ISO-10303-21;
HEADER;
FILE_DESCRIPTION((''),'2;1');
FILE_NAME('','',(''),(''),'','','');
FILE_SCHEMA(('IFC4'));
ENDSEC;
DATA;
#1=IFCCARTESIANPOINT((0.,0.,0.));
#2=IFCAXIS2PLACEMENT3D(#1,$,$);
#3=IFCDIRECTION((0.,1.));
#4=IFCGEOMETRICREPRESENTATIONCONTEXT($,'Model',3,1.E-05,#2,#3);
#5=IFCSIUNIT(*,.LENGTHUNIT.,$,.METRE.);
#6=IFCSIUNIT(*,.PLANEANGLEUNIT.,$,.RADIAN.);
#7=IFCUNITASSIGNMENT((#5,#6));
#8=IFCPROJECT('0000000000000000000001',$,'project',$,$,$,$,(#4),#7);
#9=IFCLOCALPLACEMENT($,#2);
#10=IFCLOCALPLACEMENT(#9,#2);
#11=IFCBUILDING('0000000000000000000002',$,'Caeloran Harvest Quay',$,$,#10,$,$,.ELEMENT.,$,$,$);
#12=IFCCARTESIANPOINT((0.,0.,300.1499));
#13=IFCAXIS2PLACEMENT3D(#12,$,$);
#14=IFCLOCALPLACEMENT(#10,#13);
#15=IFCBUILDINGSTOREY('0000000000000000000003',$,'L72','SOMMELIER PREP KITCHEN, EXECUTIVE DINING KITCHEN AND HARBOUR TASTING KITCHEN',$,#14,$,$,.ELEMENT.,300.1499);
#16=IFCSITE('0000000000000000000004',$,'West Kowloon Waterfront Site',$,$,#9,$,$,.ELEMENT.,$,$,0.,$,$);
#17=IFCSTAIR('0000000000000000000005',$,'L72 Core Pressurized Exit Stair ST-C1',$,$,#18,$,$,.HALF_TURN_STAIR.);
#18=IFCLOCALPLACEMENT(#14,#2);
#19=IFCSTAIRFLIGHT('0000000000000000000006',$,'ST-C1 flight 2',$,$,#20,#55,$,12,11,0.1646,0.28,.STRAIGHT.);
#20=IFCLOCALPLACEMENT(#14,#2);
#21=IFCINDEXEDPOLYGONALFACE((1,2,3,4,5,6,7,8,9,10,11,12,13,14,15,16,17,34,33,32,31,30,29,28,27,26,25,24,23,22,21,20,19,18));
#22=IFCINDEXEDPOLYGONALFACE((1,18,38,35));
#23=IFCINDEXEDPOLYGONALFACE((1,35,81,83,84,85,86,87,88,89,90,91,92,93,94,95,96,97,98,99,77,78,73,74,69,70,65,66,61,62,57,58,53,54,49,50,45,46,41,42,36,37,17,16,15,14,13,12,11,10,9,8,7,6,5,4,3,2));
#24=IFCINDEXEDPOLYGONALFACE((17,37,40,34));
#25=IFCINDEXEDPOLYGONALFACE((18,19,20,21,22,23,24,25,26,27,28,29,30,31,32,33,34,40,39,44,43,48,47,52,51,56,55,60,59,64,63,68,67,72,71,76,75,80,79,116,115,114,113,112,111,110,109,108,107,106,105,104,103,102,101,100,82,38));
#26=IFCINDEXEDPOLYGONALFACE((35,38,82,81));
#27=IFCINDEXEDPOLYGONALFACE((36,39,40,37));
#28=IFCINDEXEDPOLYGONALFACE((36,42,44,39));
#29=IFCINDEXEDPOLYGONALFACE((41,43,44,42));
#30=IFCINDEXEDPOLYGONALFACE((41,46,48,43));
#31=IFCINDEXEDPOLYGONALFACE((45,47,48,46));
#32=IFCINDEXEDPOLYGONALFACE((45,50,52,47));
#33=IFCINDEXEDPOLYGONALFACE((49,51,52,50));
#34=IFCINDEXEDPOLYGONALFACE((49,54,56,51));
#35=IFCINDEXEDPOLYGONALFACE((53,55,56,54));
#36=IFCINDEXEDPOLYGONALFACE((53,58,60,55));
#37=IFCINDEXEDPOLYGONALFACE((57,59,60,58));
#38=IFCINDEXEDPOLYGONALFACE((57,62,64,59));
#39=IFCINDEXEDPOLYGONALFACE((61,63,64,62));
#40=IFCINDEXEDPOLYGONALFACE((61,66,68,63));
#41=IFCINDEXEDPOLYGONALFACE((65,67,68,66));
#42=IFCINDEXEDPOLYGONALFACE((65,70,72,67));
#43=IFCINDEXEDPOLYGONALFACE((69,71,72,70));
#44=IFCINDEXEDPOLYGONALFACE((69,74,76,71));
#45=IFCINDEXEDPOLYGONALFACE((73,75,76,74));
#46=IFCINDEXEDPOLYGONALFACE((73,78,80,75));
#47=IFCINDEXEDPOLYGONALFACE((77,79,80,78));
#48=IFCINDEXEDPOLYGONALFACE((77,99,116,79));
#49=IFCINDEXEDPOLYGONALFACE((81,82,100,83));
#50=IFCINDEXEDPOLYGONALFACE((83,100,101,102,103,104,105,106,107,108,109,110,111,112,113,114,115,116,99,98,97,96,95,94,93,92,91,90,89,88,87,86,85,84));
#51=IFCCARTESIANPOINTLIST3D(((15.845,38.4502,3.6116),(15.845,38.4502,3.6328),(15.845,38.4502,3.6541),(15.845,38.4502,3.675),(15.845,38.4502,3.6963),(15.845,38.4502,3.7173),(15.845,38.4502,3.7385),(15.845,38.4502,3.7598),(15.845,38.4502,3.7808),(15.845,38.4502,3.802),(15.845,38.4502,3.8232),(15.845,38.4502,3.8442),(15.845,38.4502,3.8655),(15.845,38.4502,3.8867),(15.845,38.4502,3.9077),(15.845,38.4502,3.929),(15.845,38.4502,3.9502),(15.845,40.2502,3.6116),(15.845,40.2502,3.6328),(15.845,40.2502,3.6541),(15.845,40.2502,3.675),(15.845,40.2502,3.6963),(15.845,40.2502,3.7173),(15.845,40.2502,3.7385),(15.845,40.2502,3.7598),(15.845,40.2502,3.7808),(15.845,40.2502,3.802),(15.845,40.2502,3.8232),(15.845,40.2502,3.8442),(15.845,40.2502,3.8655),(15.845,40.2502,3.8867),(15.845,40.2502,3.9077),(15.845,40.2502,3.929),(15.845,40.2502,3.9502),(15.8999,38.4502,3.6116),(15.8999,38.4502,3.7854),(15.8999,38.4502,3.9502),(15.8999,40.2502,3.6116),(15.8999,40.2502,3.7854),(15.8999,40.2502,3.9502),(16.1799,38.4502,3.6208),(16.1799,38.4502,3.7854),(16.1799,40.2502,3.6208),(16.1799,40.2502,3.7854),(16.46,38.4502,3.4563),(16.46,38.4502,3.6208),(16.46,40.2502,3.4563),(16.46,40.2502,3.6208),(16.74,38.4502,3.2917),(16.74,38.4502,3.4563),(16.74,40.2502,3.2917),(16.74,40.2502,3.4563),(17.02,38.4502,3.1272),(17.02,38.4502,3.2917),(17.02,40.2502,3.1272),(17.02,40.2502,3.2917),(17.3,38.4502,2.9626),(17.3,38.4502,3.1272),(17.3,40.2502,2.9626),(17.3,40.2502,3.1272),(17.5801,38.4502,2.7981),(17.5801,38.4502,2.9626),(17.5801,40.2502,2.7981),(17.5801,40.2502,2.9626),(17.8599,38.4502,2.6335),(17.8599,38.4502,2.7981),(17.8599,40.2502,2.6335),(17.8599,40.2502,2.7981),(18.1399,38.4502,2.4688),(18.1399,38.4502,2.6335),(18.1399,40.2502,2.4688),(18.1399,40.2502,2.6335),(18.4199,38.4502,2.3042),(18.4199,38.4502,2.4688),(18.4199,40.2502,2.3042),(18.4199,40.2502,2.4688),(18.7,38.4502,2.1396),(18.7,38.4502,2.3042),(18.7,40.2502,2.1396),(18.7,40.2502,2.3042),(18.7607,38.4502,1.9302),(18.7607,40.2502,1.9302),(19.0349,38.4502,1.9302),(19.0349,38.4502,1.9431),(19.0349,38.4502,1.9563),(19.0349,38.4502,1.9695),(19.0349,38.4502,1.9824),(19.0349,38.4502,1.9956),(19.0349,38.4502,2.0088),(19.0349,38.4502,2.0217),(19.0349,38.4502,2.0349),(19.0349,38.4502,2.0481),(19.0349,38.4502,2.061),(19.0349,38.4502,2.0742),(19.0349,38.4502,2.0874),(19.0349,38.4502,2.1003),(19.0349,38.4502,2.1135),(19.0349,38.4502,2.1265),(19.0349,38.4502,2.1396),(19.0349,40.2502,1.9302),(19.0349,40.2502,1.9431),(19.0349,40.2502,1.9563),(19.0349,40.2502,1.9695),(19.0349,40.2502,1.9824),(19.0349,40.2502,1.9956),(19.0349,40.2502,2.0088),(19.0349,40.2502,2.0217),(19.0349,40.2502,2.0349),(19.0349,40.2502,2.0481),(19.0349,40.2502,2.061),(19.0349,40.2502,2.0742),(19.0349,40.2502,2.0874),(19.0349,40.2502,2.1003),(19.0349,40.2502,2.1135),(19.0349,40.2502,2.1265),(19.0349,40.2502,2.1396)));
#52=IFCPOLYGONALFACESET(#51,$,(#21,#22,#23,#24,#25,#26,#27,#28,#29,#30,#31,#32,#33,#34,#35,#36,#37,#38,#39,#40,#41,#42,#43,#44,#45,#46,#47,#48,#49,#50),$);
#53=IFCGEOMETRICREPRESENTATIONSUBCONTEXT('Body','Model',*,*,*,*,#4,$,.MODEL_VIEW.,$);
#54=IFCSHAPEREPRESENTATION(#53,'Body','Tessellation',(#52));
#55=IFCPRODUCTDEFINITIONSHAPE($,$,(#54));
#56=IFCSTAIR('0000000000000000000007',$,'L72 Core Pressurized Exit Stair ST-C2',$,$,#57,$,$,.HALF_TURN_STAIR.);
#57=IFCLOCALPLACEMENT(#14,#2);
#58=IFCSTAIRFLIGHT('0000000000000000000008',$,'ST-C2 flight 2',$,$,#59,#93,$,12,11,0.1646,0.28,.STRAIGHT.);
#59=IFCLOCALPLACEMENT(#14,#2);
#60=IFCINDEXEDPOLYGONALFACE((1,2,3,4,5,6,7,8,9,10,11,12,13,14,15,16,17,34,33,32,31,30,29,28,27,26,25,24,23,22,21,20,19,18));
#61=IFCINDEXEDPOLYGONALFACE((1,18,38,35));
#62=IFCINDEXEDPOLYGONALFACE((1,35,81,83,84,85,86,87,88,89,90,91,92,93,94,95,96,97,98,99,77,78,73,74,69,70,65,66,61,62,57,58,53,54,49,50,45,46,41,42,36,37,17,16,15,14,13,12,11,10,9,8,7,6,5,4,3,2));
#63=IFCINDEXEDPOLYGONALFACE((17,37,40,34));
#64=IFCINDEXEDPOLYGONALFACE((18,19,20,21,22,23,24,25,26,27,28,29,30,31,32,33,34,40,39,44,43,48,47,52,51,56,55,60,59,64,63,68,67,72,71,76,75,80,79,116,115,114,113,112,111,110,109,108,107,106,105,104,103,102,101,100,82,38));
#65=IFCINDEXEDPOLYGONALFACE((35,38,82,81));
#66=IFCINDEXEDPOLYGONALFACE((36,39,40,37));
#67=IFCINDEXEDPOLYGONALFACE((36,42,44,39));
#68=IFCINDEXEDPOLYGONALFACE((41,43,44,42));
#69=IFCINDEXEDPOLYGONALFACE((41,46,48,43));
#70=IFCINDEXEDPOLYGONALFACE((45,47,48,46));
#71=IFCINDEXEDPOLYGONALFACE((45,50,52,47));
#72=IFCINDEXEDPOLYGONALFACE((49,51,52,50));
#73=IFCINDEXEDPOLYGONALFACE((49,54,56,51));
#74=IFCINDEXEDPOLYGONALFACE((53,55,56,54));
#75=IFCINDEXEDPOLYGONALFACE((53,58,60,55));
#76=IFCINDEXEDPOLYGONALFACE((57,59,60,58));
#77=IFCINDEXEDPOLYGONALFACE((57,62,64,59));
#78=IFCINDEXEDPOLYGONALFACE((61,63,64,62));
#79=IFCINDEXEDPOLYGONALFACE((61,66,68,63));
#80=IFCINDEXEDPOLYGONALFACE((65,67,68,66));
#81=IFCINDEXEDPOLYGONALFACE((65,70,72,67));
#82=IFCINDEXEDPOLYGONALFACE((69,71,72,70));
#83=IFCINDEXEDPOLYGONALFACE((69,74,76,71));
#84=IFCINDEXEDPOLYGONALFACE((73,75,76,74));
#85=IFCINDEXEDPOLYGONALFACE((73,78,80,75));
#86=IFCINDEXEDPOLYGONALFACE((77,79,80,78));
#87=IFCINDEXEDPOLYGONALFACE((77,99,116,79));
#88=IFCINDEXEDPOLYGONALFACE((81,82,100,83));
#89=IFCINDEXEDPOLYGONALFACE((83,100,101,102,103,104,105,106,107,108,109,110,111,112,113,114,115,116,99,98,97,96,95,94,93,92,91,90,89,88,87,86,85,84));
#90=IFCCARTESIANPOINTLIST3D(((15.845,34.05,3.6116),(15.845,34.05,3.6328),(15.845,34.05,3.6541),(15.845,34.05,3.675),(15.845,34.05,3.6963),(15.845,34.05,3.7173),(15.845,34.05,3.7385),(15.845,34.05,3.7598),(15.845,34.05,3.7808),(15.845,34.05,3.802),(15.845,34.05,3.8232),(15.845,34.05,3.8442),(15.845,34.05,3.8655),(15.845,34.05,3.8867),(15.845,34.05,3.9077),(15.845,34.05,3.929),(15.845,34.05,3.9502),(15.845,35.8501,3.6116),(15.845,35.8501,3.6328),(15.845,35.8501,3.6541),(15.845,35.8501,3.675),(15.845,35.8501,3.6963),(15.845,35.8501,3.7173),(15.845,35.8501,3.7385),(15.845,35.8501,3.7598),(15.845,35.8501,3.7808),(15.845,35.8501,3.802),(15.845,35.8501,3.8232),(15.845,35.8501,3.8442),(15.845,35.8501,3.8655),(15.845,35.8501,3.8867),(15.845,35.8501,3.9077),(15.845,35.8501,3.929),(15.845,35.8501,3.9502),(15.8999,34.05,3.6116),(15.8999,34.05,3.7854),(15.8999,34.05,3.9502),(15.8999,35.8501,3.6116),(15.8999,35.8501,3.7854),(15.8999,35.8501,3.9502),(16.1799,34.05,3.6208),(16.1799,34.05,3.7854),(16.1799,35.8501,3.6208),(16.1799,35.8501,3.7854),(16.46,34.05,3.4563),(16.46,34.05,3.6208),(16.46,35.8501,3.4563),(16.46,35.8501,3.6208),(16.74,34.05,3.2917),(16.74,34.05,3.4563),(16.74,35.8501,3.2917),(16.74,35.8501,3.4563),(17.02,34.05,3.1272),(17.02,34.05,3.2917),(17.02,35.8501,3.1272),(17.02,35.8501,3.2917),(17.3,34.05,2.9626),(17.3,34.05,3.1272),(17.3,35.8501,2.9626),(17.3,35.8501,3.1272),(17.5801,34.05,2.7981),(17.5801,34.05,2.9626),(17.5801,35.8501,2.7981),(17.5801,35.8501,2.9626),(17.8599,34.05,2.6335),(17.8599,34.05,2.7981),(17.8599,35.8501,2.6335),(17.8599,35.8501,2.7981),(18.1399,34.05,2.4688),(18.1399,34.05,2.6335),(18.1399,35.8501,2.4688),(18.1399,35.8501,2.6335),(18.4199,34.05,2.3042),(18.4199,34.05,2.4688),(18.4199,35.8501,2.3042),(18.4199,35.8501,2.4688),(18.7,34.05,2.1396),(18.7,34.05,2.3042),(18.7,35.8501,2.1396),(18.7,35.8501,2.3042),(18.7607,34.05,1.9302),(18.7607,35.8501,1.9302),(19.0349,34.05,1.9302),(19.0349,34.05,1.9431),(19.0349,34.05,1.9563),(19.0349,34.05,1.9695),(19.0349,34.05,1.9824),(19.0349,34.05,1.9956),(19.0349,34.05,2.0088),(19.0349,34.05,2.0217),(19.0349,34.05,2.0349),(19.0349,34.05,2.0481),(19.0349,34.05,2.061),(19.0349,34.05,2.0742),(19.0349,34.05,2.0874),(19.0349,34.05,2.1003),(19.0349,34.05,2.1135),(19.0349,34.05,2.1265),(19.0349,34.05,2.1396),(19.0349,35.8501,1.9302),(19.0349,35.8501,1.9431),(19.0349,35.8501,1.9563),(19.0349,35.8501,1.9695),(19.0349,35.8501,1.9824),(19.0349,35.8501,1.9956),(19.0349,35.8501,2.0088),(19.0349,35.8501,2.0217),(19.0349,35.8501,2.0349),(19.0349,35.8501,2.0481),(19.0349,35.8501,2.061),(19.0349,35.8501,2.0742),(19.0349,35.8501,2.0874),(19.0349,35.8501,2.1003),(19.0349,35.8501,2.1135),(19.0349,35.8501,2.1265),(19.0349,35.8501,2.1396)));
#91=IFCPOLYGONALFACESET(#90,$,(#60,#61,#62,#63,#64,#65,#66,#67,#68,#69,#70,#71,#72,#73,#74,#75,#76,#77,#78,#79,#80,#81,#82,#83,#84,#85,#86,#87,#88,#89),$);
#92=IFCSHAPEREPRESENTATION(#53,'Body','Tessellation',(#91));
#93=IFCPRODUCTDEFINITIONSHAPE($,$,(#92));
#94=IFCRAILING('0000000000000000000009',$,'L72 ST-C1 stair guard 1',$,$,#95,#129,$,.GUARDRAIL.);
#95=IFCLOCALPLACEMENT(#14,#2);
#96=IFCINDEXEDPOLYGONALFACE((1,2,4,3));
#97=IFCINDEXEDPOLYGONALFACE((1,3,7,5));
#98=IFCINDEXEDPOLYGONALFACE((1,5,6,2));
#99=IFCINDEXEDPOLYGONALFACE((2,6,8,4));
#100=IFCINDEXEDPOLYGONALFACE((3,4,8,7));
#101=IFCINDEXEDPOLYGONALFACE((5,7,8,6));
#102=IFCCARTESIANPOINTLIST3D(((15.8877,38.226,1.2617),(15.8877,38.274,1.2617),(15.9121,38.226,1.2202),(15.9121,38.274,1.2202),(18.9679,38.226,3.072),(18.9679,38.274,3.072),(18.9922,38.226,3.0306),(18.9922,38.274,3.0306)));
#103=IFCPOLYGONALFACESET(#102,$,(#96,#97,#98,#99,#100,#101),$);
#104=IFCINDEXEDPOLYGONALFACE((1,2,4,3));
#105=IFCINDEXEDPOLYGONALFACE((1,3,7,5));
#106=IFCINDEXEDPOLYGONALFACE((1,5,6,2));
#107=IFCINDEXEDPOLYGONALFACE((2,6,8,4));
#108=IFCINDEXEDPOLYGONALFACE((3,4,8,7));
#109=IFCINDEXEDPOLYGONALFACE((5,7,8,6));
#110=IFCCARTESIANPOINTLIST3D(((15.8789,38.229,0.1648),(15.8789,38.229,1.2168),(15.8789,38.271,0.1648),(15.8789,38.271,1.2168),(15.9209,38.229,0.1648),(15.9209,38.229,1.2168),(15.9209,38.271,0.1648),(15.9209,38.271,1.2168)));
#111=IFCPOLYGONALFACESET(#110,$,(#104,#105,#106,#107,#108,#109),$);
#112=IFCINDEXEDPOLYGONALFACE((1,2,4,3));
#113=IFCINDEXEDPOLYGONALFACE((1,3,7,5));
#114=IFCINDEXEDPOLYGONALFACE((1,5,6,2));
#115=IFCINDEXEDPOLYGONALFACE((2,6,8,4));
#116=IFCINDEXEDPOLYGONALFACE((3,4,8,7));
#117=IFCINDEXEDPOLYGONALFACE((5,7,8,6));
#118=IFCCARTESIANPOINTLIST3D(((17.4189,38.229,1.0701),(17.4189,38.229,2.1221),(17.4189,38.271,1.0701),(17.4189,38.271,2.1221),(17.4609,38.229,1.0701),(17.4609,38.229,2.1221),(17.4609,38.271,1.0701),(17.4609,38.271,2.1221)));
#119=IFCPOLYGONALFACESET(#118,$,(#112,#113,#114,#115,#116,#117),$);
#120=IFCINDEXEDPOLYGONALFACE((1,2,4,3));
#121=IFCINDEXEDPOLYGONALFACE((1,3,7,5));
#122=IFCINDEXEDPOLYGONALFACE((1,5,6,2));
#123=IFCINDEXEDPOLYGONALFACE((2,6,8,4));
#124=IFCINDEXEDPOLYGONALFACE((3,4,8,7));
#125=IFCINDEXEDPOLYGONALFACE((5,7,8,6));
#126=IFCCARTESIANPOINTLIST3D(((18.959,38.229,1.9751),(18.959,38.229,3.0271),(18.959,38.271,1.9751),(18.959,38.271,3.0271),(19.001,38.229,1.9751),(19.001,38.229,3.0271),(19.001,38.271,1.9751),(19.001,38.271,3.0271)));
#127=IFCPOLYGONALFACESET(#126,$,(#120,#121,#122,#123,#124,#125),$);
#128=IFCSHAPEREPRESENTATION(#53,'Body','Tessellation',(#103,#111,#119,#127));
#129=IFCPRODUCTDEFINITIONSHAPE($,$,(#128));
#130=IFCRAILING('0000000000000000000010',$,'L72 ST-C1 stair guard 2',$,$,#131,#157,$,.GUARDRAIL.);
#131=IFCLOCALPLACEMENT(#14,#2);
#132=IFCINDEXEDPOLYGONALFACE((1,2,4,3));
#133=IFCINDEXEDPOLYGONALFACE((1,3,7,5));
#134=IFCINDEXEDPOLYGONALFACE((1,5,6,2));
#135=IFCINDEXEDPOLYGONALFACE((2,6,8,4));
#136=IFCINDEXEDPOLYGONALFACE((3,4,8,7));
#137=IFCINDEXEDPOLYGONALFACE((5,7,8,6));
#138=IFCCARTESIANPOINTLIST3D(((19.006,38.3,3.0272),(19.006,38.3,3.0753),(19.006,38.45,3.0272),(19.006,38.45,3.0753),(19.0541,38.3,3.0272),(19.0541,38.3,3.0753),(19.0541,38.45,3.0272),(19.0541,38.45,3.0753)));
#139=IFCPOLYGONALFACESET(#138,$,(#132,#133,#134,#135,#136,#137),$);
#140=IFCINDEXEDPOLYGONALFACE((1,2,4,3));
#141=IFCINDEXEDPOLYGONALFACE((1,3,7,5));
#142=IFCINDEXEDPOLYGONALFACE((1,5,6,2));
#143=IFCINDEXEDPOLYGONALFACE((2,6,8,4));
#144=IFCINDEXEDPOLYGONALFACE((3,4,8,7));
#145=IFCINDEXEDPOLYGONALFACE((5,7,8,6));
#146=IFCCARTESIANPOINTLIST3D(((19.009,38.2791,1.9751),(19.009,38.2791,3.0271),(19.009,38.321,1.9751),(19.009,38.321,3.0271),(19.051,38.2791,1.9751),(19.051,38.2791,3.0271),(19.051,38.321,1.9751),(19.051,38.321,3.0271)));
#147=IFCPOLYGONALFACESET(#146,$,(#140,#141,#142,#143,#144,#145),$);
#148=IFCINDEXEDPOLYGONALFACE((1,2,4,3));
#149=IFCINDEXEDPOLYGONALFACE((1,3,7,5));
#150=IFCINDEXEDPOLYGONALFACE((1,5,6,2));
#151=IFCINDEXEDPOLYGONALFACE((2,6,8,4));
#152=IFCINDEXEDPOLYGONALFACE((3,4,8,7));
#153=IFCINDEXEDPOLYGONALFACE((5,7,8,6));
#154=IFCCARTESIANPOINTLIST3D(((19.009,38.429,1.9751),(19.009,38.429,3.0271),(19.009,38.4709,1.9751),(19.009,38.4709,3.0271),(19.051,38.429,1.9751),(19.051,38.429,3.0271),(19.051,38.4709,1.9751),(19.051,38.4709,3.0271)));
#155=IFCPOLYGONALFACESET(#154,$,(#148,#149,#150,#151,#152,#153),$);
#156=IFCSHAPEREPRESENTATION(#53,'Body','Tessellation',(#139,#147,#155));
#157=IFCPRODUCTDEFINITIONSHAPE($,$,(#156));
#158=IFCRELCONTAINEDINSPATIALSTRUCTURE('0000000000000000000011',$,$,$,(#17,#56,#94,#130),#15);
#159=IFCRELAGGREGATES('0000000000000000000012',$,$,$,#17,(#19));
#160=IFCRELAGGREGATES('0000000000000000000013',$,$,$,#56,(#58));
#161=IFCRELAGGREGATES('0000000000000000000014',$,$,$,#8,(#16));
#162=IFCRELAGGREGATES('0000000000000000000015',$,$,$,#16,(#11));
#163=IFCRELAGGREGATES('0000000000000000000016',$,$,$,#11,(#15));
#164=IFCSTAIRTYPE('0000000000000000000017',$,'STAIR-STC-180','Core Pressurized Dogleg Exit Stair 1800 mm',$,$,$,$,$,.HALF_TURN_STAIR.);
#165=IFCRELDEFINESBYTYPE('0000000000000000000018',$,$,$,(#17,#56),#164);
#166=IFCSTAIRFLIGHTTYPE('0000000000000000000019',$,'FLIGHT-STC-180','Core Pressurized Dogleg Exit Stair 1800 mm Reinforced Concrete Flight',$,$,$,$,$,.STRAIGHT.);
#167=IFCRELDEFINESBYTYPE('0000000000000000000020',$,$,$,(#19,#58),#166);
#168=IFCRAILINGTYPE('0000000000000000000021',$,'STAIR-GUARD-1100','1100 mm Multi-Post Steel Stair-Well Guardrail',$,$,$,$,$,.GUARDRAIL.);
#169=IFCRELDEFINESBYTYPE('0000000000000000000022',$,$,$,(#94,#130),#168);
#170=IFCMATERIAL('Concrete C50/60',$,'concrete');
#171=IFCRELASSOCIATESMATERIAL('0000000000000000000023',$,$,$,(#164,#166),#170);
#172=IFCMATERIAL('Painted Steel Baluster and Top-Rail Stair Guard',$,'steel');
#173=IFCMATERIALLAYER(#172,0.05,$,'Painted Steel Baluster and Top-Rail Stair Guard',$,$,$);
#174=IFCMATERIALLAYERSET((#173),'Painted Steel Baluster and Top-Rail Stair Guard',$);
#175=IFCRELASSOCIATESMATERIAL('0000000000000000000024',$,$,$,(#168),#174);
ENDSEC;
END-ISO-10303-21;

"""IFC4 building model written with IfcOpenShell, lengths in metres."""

from ifc_helpers import new_model, si_unit, direction, frame, origin, origin_2d, place, context, subcontext, project, spatial, polyline, rectangle, outline, extrude, material, layer, layer_set, type_object, element, aggregate, save


model = new_model("IFC4")

# Units and contexts
model_context = context("Model", 3, precision=1e-05, world=origin(), true_north=direction((0.0, 1.0)))
body_context = subcontext(model_context, "Body", "Model", "MODEL_VIEW")
ifc_project = project(units=[si_unit("LENGTHUNIT", "METRE"), si_unit("PLANEANGLEUNIT", "RADIAN")], contexts=[model_context])

# Site, building, storey
site_placement = place(None, origin())
site = spatial("IfcSite", under=ifc_project, at=site_placement, Name="West Kowloon Waterfront Site", CompositionType="ELEMENT", RefElevation=0.0)
building_placement = place(site_placement, origin())
building = spatial("IfcBuilding", under=site, at=building_placement, Name="Caeloran Harvest Quay", CompositionType="ELEMENT")
storey_placement = place(building_placement, frame((0.0, 0.0, 300.1499)))
storey = spatial("IfcBuildingStorey", under=building, at=storey_placement, Name="L72", Description="SOMMELIER PREP KITCHEN, EXECUTIVE DINING KITCHEN AND HARBOUR TASTING KITCHEN", CompositionType="ELEMENT", Elevation=300.1499)

# Shared definitions
ifc_material_1 = material(Name="Concrete C50/60", Category="concrete")

# Stair, stair flight
stair_type = type_object("IfcStairType", Name="STAIR-STC-180", Description="Core Pressurized Dogleg Exit Stair 1800 mm", PredefinedType="HALF_TURN_STAIR", material=ifc_material_1)
stair_1_placement = place(storey_placement, origin())
stair_1 = element("IfcStair", 1, at=stair_1_placement, inside=storey, type_object=stair_type, Name="L72 Core Pressurized Exit Stair ST-C1", PredefinedType="HALF_TURN_STAIR")
stair_flight_type = type_object("IfcStairFlightType", Name="FLIGHT-STC-180", Description="Core Pressurized Dogleg Exit Stair 1800 mm Reinforced Concrete Flight", PredefinedType="STRAIGHT", material=ifc_material_1)
stair_flight_1_placement = place(storey_placement, frame((18.98, 39.3501, 1.9751), z_axis=(0.0, 0.0, 1.0), x_axis=(-1.0, 0.0, 0.0)))
stair_flight_1 = element("IfcStairFlight", 2, at=stair_flight_1_placement, type_object=stair_flight_type, Name="ST-C1 flight 2", NumberOfRisers=12, NumberOfTreads=11, PredefinedType="STRAIGHT", RiserHeight=0.1646, TreadLength=0.28, context=body_context, shape_type="SweptSolid", body=[
    extrude(outline(polyline([(-0.0549, -0.0449), (-0.0549, -0.032), (-0.0549, -0.0188), (-0.0549, -0.0056), (-0.0549, 0.0073), (-0.0549, 0.0205), (-0.0549, 0.0337), (-0.0549, 0.0466), (-0.0549, 0.0598), (-0.0549, 0.073), (-0.0549, 0.0859), (-0.0549, 0.0991), (-0.0549, 0.1123), (-0.0549, 0.1252), (-0.0549, 0.1384), (-0.0549, 0.1514), (-0.0549, 0.1646), (0.28, 0.1646), (0.28, 0.3291), (0.5601, 0.3291), (0.5601, 0.4937), (0.8401, 0.4937), (0.8401, 0.6584), (1.1201, 0.6584), (1.1201, 0.823), (1.3999, 0.823), (1.3999, 0.9875), (1.6799, 0.9875), (1.6799, 1.1521), (1.96, 1.1521), (1.96, 1.3167), (2.24, 1.3167), (2.24, 1.4812), (2.52, 1.4812), (2.52, 1.6458), (2.8, 1.6458), (2.8, 1.8103), (3.0801, 1.8103), (3.0801, 1.9751), (3.135, 1.9751), (3.135, 1.9539), (3.135, 1.9326), (3.135, 1.9116), (3.135, 1.8904), (3.135, 1.8691), (3.135, 1.8481), (3.135, 1.8269), (3.135, 1.8057), (3.135, 1.7847), (3.135, 1.7634), (3.135, 1.7422), (3.135, 1.7212), (3.135, 1.7), (3.135, 1.679), (3.135, 1.6577), (3.135, 1.6365), (3.0801, 1.6365), (0.2192, -0.0449), (-0.0549, -0.0449)])), frame((0.0, 0.8999, 0.0), z_axis=(0.0, -1.0, 0.0), x_axis=(1.0, 0.0, 0.0)), (0.0, 0.0, 1.0), 1.8),
])
aggregate(stair_1, [stair_flight_1])

# Stair, stair flight
stair_2_placement = place(storey_placement, origin())
stair_2 = element("IfcStair", 3, at=stair_2_placement, inside=storey, type_object=stair_type, Name="L72 Core Pressurized Exit Stair ST-C2", PredefinedType="HALF_TURN_STAIR")
stair_flight_2_placement = place(storey_placement, frame((18.98, 34.95, 1.9751), z_axis=(0.0, 0.0, 1.0), x_axis=(-1.0, 0.0, 0.0)))
stair_flight_2 = element("IfcStairFlight", 4, at=stair_flight_2_placement, type_object=stair_flight_type, Name="ST-C2 flight 2", NumberOfRisers=12, NumberOfTreads=11, PredefinedType="STRAIGHT", RiserHeight=0.1646, TreadLength=0.28, context=body_context, shape_type="SweptSolid", body=[
    extrude(outline(polyline([(-0.0549, -0.0449), (-0.0549, -0.032), (-0.0549, -0.0188), (-0.0549, -0.0056), (-0.0549, 0.0073), (-0.0549, 0.0205), (-0.0549, 0.0337), (-0.0549, 0.0466), (-0.0549, 0.0598), (-0.0549, 0.073), (-0.0549, 0.0859), (-0.0549, 0.0991), (-0.0549, 0.1123), (-0.0549, 0.1252), (-0.0549, 0.1384), (-0.0549, 0.1514), (-0.0549, 0.1646), (0.28, 0.1646), (0.28, 0.3291), (0.5601, 0.3291), (0.5601, 0.4937), (0.8401, 0.4937), (0.8401, 0.6584), (1.1201, 0.6584), (1.1201, 0.823), (1.3999, 0.823), (1.3999, 0.9875), (1.6799, 0.9875), (1.6799, 1.1521), (1.96, 1.1521), (1.96, 1.3167), (2.24, 1.3167), (2.24, 1.4812), (2.52, 1.4812), (2.52, 1.6458), (2.8, 1.6458), (2.8, 1.8103), (3.0801, 1.8103), (3.0801, 1.9751), (3.135, 1.9751), (3.135, 1.9539), (3.135, 1.9326), (3.135, 1.9116), (3.135, 1.8904), (3.135, 1.8691), (3.135, 1.8481), (3.135, 1.8269), (3.135, 1.8057), (3.135, 1.7847), (3.135, 1.7634), (3.135, 1.7422), (3.135, 1.7212), (3.135, 1.7), (3.135, 1.679), (3.135, 1.6577), (3.135, 1.6365), (3.0801, 1.6365), (0.2192, -0.0449), (-0.0549, -0.0449)])), frame((0.0, 0.8999, 0.0), z_axis=(0.0, -1.0, 0.0), x_axis=(1.0, 0.0, 0.0)), (0.0, 0.0, 1.0), 1.8),
])
aggregate(stair_2, [stair_flight_2])

# Railings
ifc_material_2 = material(Name="Painted Steel Baluster and Top-Rail Stair Guard", Category="steel")
ifc_layer_1 = layer(ifc_material_2, 0.05, Name="Painted Steel Baluster and Top-Rail Stair Guard")
ifc_layer_set_1 = layer_set([ifc_layer_1], Name="Painted Steel Baluster and Top-Rail Stair Guard")
railing_type_1 = type_object("IfcRailingType", Name="STAIR-GUARD-1100", Description="1100 mm Multi-Post Steel Stair-Well Guardrail", PredefinedType="GUARDRAIL", material=ifc_layer_set_1)
railing_1_placement = place(storey_placement, frame((15.8999, 38.25, 0.1648)))
element("IfcRailing", 5, at=railing_1_placement, inside=storey, type_object=railing_type_1, Name="L72 ST-C1 stair guard 1", PredefinedType="GUARDRAIL", context=body_context, shape_type="SweptSolid", body=[
    extrude(rectangle(XDim=0.0481, YDim=0.0481, at=origin_2d()), frame((0.0, 0.0, 1.0762), z_axis=(0.862119, 0.0, 0.506707), x_axis=(0.0, 1.0, 0.0)), (0.0, 0.0, 1.0), 3.5728),
    extrude(rectangle(XDim=0.042, YDim=0.042, at=origin_2d()), origin(), (0.0, 0.0, 1.0), 1.052),
    extrude(rectangle(XDim=0.042, YDim=0.042, at=origin_2d()), frame((1.54, 0.0, 0.9053)), (0.0, 0.0, 1.0), 1.052),
    extrude(rectangle(XDim=0.042, YDim=0.042, at=origin_2d()), frame((3.0801, 0.0, 1.8103)), (0.0, 0.0, 1.0), 1.052),
])
railing_2_placement = place(storey_placement, frame((19.03, 38.3, 1.9751)))
element("IfcRailing", 6, at=railing_2_placement, inside=storey, type_object=railing_type_1, Name="L72 ST-C1 stair guard 2", PredefinedType="GUARDRAIL", context=body_context, shape_type="SweptSolid", body=[
    extrude(rectangle(XDim=0.0481, YDim=0.0481, at=origin_2d()), frame((0.0, 0.0, 1.0762), z_axis=(0.0, 1.0, 0.0), x_axis=(-1.0, 0.0, 0.0)), (0.0, 0.0, 1.0), 0.1499),
    extrude(rectangle(XDim=0.042, YDim=0.042, at=origin_2d()), origin(), (0.0, 0.0, 1.0), 1.052),
    extrude(rectangle(XDim=0.042, YDim=0.042, at=origin_2d()), frame((0.0, 0.1499, 0.0)), (0.0, 0.0, 1.0), 1.052),
])

save(model, "model.ifc")
